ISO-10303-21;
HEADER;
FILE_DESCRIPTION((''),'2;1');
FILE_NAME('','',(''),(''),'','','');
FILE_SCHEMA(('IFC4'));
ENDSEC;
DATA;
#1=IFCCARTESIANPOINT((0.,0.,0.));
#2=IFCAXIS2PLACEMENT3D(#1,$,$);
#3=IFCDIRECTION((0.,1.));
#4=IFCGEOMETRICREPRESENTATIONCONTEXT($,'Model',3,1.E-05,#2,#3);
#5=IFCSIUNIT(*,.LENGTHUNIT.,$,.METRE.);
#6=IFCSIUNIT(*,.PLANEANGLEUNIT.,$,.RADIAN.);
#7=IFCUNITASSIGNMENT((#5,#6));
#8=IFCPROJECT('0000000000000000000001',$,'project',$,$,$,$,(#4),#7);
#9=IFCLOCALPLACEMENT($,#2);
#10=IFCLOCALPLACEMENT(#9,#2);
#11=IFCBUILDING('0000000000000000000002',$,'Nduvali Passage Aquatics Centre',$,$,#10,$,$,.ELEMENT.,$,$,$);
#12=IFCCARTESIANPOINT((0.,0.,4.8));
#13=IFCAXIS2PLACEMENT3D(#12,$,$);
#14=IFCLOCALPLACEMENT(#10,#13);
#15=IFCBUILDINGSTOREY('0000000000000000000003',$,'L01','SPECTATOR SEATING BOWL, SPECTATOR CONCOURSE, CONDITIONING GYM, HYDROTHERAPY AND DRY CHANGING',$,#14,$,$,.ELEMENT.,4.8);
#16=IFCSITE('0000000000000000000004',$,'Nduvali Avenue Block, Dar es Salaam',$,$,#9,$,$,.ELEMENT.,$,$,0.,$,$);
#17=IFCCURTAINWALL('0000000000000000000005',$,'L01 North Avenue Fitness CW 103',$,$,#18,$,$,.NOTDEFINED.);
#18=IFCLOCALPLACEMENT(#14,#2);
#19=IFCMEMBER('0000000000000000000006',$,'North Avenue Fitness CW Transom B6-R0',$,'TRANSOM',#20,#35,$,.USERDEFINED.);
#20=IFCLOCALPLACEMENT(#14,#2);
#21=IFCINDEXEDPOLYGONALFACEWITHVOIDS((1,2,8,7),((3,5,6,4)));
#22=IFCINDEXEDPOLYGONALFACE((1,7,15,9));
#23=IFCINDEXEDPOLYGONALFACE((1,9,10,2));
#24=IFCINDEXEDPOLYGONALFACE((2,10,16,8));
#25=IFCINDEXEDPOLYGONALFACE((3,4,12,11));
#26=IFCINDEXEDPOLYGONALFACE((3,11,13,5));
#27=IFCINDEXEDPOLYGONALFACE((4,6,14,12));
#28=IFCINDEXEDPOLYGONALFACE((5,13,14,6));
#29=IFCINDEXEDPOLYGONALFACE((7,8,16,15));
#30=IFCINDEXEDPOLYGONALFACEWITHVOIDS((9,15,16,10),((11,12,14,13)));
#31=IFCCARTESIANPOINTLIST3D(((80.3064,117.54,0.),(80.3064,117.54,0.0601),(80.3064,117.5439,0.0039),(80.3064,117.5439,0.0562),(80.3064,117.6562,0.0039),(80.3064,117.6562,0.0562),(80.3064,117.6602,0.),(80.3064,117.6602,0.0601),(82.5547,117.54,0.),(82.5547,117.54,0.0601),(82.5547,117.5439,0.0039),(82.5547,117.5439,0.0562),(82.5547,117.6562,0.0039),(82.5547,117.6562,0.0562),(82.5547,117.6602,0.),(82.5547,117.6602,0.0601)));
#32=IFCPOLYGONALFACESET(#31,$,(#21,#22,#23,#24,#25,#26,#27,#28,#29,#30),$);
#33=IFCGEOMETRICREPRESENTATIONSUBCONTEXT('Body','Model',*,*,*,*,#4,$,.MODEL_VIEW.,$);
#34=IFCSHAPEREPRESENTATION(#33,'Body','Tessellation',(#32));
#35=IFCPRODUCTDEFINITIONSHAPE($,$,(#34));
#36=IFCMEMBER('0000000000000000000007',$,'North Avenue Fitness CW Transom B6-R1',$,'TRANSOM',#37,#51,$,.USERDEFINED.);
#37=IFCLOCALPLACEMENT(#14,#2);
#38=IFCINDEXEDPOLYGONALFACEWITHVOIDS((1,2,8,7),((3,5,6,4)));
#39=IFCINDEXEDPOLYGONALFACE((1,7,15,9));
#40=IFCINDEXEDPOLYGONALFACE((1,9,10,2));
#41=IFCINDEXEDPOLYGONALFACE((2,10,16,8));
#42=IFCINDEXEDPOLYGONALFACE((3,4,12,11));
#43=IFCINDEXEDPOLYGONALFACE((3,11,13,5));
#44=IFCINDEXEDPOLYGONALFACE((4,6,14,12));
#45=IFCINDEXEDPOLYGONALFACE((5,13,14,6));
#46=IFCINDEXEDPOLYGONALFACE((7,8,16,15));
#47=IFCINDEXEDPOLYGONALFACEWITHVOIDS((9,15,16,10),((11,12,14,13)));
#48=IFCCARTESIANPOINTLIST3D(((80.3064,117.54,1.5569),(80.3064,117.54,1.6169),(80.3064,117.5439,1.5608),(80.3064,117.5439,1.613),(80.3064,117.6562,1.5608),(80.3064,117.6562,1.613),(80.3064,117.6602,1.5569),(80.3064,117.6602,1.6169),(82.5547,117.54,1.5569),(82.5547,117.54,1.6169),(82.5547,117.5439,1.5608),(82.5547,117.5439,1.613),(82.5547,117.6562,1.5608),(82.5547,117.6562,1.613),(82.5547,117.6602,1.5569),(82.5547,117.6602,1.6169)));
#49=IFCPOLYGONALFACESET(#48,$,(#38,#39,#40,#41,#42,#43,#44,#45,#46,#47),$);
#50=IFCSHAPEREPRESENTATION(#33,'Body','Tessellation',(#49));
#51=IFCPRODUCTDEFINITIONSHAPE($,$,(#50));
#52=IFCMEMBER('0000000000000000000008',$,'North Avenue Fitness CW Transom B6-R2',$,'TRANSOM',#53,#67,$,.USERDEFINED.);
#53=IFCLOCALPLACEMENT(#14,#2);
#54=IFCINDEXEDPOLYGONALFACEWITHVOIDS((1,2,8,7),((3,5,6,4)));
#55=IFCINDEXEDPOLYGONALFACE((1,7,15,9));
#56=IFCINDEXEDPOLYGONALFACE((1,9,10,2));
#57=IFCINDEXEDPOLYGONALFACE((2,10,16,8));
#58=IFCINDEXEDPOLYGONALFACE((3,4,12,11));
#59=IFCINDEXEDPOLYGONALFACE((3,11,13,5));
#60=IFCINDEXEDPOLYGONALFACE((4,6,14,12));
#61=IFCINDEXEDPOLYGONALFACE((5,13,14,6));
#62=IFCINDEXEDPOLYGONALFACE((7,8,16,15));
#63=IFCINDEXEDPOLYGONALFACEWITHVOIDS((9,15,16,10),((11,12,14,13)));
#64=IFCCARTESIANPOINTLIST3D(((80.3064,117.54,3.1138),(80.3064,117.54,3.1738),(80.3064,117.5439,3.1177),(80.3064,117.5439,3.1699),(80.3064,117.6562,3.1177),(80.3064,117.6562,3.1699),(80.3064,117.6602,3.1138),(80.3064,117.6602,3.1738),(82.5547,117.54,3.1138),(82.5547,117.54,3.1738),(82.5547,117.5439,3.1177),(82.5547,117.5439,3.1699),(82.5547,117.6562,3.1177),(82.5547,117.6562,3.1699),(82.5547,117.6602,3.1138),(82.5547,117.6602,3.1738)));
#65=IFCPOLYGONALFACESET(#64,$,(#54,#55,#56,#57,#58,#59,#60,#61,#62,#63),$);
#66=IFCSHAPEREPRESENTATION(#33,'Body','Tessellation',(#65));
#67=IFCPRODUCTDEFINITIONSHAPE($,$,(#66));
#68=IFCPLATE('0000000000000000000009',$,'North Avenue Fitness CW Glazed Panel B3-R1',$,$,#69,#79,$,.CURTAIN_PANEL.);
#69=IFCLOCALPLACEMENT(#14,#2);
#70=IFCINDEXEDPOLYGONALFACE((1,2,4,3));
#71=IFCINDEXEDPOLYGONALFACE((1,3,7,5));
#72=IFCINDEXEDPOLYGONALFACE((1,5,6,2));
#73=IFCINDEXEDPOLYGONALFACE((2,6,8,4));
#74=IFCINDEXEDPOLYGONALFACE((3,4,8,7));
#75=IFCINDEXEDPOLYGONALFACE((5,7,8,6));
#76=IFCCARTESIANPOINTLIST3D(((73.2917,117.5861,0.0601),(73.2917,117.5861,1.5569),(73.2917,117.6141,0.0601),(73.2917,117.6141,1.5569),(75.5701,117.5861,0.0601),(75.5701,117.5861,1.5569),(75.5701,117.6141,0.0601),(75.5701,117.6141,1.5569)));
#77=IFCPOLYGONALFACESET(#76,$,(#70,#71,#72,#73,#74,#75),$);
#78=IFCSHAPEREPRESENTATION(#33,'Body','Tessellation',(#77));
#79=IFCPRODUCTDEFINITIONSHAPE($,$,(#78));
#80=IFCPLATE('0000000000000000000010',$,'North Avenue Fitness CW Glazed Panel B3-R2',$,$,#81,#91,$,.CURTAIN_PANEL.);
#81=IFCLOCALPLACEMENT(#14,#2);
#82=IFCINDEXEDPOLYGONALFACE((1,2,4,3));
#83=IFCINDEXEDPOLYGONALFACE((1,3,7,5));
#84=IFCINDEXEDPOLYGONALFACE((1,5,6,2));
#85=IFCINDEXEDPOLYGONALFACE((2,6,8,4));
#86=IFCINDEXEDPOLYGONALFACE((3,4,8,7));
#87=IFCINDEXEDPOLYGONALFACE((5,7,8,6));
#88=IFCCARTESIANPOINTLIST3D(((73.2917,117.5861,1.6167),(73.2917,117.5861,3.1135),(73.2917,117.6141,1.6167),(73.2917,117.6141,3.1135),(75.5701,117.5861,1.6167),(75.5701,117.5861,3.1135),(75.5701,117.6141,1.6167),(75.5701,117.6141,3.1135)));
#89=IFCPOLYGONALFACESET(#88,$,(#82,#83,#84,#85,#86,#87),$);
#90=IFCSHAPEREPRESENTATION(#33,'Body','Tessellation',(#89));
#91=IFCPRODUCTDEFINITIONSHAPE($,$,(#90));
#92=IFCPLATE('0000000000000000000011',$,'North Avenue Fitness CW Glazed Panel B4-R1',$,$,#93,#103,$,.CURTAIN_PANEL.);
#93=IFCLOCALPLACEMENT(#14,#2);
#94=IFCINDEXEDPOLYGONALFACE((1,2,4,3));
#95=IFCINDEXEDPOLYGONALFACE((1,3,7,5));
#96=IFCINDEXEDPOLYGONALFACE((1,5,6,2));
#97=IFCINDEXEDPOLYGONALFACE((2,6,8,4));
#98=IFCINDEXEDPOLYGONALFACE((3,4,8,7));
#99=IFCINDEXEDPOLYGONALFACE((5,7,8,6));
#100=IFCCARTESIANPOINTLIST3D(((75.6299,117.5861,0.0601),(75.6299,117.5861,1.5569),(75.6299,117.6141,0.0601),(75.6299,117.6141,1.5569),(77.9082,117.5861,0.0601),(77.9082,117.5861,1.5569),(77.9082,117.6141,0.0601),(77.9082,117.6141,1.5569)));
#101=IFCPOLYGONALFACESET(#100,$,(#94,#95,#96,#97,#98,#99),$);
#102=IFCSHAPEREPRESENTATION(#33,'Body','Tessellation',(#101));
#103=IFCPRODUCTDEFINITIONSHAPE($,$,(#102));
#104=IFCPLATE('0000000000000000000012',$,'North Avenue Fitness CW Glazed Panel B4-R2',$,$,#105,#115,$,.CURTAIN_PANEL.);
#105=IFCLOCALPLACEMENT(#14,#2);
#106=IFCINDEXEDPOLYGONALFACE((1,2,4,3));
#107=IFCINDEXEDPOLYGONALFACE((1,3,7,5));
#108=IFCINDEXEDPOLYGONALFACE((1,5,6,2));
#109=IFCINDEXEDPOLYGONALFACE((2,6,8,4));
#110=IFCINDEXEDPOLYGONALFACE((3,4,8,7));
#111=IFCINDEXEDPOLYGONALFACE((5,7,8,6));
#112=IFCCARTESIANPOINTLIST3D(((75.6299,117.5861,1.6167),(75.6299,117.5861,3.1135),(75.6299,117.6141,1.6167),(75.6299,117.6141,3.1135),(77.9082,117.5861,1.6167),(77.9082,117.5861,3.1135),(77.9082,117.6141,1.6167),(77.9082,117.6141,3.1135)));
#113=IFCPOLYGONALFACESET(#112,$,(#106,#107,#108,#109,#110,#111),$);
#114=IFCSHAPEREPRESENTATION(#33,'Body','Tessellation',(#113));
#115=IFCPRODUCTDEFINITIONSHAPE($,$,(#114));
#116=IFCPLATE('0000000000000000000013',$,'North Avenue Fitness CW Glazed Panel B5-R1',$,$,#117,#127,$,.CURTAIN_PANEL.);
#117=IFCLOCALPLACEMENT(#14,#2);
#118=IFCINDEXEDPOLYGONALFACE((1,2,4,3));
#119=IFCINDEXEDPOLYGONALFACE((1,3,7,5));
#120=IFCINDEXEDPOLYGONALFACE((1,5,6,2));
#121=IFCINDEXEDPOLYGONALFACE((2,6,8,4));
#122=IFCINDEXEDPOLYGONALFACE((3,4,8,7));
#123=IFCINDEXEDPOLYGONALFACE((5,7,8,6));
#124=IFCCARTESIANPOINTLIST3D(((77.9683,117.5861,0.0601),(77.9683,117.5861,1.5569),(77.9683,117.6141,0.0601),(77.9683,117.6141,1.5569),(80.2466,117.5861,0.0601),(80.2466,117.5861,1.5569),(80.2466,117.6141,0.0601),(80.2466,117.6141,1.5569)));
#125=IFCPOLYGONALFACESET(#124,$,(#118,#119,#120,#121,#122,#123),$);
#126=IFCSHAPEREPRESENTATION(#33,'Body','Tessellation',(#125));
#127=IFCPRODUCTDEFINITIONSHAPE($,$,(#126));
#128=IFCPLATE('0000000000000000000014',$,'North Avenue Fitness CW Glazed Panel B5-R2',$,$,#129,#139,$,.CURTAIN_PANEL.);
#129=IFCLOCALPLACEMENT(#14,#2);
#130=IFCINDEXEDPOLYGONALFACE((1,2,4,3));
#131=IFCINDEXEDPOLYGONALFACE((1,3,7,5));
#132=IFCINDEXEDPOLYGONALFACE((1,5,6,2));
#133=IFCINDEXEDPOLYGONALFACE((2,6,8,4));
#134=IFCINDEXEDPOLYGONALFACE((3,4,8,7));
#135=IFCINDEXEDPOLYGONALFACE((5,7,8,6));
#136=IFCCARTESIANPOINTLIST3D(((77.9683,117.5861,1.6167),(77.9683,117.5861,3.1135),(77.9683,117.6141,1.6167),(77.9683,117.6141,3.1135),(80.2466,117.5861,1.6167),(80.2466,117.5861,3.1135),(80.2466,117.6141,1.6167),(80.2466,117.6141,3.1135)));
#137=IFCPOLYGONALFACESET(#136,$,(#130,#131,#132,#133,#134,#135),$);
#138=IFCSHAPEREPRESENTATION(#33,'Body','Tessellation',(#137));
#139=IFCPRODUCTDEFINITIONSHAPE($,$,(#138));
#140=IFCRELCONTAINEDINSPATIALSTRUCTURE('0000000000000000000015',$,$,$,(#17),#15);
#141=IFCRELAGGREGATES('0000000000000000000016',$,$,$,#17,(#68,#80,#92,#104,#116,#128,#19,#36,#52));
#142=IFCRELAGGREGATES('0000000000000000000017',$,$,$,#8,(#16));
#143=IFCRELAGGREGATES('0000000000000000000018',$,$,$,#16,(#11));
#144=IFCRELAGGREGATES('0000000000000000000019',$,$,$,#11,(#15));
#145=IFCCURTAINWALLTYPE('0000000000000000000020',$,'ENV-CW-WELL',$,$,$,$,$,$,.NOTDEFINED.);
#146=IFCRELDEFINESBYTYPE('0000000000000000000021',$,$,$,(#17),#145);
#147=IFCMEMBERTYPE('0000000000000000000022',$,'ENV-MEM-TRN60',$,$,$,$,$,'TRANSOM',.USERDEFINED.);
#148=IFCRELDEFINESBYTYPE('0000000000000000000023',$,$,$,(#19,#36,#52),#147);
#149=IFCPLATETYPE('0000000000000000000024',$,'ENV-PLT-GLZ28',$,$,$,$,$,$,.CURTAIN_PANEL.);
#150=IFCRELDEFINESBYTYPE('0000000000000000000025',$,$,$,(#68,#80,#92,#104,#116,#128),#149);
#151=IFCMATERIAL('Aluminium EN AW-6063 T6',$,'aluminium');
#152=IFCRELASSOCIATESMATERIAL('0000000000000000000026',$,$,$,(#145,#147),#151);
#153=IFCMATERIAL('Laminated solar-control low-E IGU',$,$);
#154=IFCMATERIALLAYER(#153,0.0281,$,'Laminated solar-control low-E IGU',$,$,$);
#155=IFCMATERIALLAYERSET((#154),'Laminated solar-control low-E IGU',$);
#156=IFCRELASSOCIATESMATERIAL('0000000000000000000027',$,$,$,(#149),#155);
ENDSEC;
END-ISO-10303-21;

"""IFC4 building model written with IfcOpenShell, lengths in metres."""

from ifc_helpers import new_model, si_unit, direction, frame, origin, origin_2d, place, context, subcontext, project, spatial, rectangle, hollow_rectangle, extrude, material, layer, layer_set, material_profile, profile_set, type_object, element, aggregate, save


model = new_model("IFC4")

# Units and contexts
model_context = context("Model", 3, precision=1e-05, world=origin(), true_north=direction((0.0, 1.0)))
body_context = subcontext(model_context, "Body", "Model", "MODEL_VIEW")
ifc_project = project(units=[si_unit("LENGTHUNIT", "METRE"), si_unit("PLANEANGLEUNIT", "RADIAN")], contexts=[model_context])

# Site, building, storey
site_placement = place(None, origin())
site = spatial("IfcSite", under=ifc_project, at=site_placement, Name="Nduvali Avenue Block, Dar es Salaam", CompositionType="ELEMENT", RefElevation=0.0)
building_placement = place(site_placement, origin())
building = spatial("IfcBuilding", under=site, at=building_placement, Name="Nduvali Passage Aquatics Centre", CompositionType="ELEMENT")
storey_placement = place(building_placement, frame((0.0, 0.0, 4.8)))
storey = spatial("IfcBuildingStorey", under=building, at=storey_placement, Name="L01", Description="SPECTATOR SEATING BOWL, SPECTATOR CONCOURSE, CONDITIONING GYM, HYDROTHERAPY AND DRY CHANGING", CompositionType="ELEMENT", Elevation=4.8)

# Curtain wall, members, plates
ifc_material_1 = material(Name="Aluminium EN AW-6063 T6", Category="aluminium")
curtain_wall_type = type_object("IfcCurtainWallType", Name="ENV-CW-WELL", PredefinedType="NOTDEFINED", material=ifc_material_1)
curtain_wall_placement = place(storey_placement, origin())
curtain_wall = element("IfcCurtainWall", 1, at=curtain_wall_placement, inside=storey, type_object=curtain_wall_type, Name="L01 North Avenue Fitness CW 103", PredefinedType="NOTDEFINED")
ifc_material_profile_1 = material_profile(ifc_material_1, hollow_rectangle(XDim=0.1201, YDim=0.0601, WallThickness=0.0039, at=origin_2d()), Name="ALU TRANSOM 120x60x4")
ifc_profile_set_1 = profile_set([ifc_material_profile_1], Name="Aluminium EN AW-6063 T6")
member_type_1 = type_object("IfcMemberType", Name="ENV-MEM-TRN60", ElementType="TRANSOM", PredefinedType="USERDEFINED", material=ifc_profile_set_1)
member_1_placement = place(storey_placement, frame((80.3064, 117.6001, 0.03), z_axis=(1.0, 0.0, 0.0), x_axis=(0.0, 1.0, 0.0)))
member_1 = element("IfcMember", 2, at=member_1_placement, type_object=member_type_1, Name="North Avenue Fitness CW Transom B6-R0", ObjectType="TRANSOM", PredefinedType="USERDEFINED", context=body_context, shape_type="SweptSolid", body=[
    extrude(hollow_rectangle(XDim=0.1201, YDim=0.0601, WallThickness=0.0039, at=origin_2d()), origin(), (0.0, 0.0, 1.0), 2.2483),
])
member_2_placement = place(storey_placement, frame((80.3064, 117.6001, 1.5869), z_axis=(1.0, 0.0, 0.0), x_axis=(0.0, 1.0, 0.0)))
member_2 = element("IfcMember", 3, at=member_2_placement, type_object=member_type_1, Name="North Avenue Fitness CW Transom B6-R1", ObjectType="TRANSOM", PredefinedType="USERDEFINED", context=body_context, shape_type="SweptSolid", body=[
    extrude(hollow_rectangle(XDim=0.1201, YDim=0.0601, WallThickness=0.0039, at=origin_2d()), origin(), (0.0, 0.0, 1.0), 2.2483),
])
member_3_placement = place(storey_placement, frame((80.3064, 117.6001, 3.1438), z_axis=(1.0, 0.0, 0.0), x_axis=(0.0, 1.0, 0.0)))
member_3 = element("IfcMember", 4, at=member_3_placement, type_object=member_type_1, Name="North Avenue Fitness CW Transom B6-R2", ObjectType="TRANSOM", PredefinedType="USERDEFINED", context=body_context, shape_type="SweptSolid", body=[
    extrude(hollow_rectangle(XDim=0.1201, YDim=0.0601, WallThickness=0.0039, at=origin_2d()), origin(), (0.0, 0.0, 1.0), 2.2483),
])
ifc_material_2 = material(Name="Laminated solar-control low-E IGU")
ifc_layer = layer(ifc_material_2, 0.0281, Name="Laminated solar-control low-E IGU")
ifc_layer_set = layer_set([ifc_layer], Name="Laminated solar-control low-E IGU")
plate_type = type_object("IfcPlateType", Name="ENV-PLT-GLZ28", PredefinedType="CURTAIN_PANEL", material=ifc_layer_set)
plate_1_placement = place(storey_placement, frame((74.4309, 117.6001, 0.0601), z_axis=(0.0, 0.0, 1.0), x_axis=(1.0, 0.0, 0.0)))
plate_1 = element("IfcPlate", 5, at=plate_1_placement, type_object=plate_type, Name="North Avenue Fitness CW Glazed Panel B3-R1", PredefinedType="CURTAIN_PANEL", context=body_context, shape_type="SweptSolid", body=[
    extrude(rectangle(XDim=2.2783, YDim=0.0281, at=origin_2d()), origin(), (0.0, 0.0, 1.0), 1.4968),
])
plate_2_placement = place(storey_placement, frame((74.4309, 117.6001, 1.6167), z_axis=(0.0, 0.0, 1.0), x_axis=(1.0, 0.0, 0.0)))
plate_2 = element("IfcPlate", 6, at=plate_2_placement, type_object=plate_type, Name="North Avenue Fitness CW Glazed Panel B3-R2", PredefinedType="CURTAIN_PANEL", context=body_context, shape_type="SweptSolid", body=[
    extrude(rectangle(XDim=2.2783, YDim=0.0281, at=origin_2d()), origin(), (0.0, 0.0, 1.0), 1.4968),
])
plate_3_placement = place(storey_placement, frame((76.769, 117.6001, 0.0601), z_axis=(0.0, 0.0, 1.0), x_axis=(1.0, 0.0, 0.0)))
plate_3 = element("IfcPlate", 7, at=plate_3_placement, type_object=plate_type, Name="North Avenue Fitness CW Glazed Panel B4-R1", PredefinedType="CURTAIN_PANEL", context=body_context, shape_type="SweptSolid", body=[
    extrude(rectangle(XDim=2.2783, YDim=0.0281, at=origin_2d()), origin(), (0.0, 0.0, 1.0), 1.4968),
])
plate_4_placement = place(storey_placement, frame((76.769, 117.6001, 1.6167), z_axis=(0.0, 0.0, 1.0), x_axis=(1.0, 0.0, 0.0)))
plate_4 = element("IfcPlate", 8, at=plate_4_placement, type_object=plate_type, Name="North Avenue Fitness CW Glazed Panel B4-R2", PredefinedType="CURTAIN_PANEL", context=body_context, shape_type="SweptSolid", body=[
    extrude(rectangle(XDim=2.2783, YDim=0.0281, at=origin_2d()), origin(), (0.0, 0.0, 1.0), 1.4968),
])
plate_5_placement = place(storey_placement, frame((79.1074, 117.6001, 0.0601), z_axis=(0.0, 0.0, 1.0), x_axis=(1.0, 0.0, 0.0)))
plate_5 = element("IfcPlate", 9, at=plate_5_placement, type_object=plate_type, Name="North Avenue Fitness CW Glazed Panel B5-R1", PredefinedType="CURTAIN_PANEL", context=body_context, shape_type="SweptSolid", body=[
    extrude(rectangle(XDim=2.2783, YDim=0.0281, at=origin_2d()), origin(), (0.0, 0.0, 1.0), 1.4968),
])
plate_6_placement = place(storey_placement, frame((79.1074, 117.6001, 1.6167), z_axis=(0.0, 0.0, 1.0), x_axis=(1.0, 0.0, 0.0)))
plate_6 = element("IfcPlate", 10, at=plate_6_placement, type_object=plate_type, Name="North Avenue Fitness CW Glazed Panel B5-R2", PredefinedType="CURTAIN_PANEL", context=body_context, shape_type="SweptSolid", body=[
    extrude(rectangle(XDim=2.2783, YDim=0.0281, at=origin_2d()), origin(), (0.0, 0.0, 1.0), 1.4968),
])
aggregate(curtain_wall, [plate_1, plate_2, plate_3, plate_4, plate_5, plate_6, member_1, member_2, member_3])

save(model, "model.ifc")
